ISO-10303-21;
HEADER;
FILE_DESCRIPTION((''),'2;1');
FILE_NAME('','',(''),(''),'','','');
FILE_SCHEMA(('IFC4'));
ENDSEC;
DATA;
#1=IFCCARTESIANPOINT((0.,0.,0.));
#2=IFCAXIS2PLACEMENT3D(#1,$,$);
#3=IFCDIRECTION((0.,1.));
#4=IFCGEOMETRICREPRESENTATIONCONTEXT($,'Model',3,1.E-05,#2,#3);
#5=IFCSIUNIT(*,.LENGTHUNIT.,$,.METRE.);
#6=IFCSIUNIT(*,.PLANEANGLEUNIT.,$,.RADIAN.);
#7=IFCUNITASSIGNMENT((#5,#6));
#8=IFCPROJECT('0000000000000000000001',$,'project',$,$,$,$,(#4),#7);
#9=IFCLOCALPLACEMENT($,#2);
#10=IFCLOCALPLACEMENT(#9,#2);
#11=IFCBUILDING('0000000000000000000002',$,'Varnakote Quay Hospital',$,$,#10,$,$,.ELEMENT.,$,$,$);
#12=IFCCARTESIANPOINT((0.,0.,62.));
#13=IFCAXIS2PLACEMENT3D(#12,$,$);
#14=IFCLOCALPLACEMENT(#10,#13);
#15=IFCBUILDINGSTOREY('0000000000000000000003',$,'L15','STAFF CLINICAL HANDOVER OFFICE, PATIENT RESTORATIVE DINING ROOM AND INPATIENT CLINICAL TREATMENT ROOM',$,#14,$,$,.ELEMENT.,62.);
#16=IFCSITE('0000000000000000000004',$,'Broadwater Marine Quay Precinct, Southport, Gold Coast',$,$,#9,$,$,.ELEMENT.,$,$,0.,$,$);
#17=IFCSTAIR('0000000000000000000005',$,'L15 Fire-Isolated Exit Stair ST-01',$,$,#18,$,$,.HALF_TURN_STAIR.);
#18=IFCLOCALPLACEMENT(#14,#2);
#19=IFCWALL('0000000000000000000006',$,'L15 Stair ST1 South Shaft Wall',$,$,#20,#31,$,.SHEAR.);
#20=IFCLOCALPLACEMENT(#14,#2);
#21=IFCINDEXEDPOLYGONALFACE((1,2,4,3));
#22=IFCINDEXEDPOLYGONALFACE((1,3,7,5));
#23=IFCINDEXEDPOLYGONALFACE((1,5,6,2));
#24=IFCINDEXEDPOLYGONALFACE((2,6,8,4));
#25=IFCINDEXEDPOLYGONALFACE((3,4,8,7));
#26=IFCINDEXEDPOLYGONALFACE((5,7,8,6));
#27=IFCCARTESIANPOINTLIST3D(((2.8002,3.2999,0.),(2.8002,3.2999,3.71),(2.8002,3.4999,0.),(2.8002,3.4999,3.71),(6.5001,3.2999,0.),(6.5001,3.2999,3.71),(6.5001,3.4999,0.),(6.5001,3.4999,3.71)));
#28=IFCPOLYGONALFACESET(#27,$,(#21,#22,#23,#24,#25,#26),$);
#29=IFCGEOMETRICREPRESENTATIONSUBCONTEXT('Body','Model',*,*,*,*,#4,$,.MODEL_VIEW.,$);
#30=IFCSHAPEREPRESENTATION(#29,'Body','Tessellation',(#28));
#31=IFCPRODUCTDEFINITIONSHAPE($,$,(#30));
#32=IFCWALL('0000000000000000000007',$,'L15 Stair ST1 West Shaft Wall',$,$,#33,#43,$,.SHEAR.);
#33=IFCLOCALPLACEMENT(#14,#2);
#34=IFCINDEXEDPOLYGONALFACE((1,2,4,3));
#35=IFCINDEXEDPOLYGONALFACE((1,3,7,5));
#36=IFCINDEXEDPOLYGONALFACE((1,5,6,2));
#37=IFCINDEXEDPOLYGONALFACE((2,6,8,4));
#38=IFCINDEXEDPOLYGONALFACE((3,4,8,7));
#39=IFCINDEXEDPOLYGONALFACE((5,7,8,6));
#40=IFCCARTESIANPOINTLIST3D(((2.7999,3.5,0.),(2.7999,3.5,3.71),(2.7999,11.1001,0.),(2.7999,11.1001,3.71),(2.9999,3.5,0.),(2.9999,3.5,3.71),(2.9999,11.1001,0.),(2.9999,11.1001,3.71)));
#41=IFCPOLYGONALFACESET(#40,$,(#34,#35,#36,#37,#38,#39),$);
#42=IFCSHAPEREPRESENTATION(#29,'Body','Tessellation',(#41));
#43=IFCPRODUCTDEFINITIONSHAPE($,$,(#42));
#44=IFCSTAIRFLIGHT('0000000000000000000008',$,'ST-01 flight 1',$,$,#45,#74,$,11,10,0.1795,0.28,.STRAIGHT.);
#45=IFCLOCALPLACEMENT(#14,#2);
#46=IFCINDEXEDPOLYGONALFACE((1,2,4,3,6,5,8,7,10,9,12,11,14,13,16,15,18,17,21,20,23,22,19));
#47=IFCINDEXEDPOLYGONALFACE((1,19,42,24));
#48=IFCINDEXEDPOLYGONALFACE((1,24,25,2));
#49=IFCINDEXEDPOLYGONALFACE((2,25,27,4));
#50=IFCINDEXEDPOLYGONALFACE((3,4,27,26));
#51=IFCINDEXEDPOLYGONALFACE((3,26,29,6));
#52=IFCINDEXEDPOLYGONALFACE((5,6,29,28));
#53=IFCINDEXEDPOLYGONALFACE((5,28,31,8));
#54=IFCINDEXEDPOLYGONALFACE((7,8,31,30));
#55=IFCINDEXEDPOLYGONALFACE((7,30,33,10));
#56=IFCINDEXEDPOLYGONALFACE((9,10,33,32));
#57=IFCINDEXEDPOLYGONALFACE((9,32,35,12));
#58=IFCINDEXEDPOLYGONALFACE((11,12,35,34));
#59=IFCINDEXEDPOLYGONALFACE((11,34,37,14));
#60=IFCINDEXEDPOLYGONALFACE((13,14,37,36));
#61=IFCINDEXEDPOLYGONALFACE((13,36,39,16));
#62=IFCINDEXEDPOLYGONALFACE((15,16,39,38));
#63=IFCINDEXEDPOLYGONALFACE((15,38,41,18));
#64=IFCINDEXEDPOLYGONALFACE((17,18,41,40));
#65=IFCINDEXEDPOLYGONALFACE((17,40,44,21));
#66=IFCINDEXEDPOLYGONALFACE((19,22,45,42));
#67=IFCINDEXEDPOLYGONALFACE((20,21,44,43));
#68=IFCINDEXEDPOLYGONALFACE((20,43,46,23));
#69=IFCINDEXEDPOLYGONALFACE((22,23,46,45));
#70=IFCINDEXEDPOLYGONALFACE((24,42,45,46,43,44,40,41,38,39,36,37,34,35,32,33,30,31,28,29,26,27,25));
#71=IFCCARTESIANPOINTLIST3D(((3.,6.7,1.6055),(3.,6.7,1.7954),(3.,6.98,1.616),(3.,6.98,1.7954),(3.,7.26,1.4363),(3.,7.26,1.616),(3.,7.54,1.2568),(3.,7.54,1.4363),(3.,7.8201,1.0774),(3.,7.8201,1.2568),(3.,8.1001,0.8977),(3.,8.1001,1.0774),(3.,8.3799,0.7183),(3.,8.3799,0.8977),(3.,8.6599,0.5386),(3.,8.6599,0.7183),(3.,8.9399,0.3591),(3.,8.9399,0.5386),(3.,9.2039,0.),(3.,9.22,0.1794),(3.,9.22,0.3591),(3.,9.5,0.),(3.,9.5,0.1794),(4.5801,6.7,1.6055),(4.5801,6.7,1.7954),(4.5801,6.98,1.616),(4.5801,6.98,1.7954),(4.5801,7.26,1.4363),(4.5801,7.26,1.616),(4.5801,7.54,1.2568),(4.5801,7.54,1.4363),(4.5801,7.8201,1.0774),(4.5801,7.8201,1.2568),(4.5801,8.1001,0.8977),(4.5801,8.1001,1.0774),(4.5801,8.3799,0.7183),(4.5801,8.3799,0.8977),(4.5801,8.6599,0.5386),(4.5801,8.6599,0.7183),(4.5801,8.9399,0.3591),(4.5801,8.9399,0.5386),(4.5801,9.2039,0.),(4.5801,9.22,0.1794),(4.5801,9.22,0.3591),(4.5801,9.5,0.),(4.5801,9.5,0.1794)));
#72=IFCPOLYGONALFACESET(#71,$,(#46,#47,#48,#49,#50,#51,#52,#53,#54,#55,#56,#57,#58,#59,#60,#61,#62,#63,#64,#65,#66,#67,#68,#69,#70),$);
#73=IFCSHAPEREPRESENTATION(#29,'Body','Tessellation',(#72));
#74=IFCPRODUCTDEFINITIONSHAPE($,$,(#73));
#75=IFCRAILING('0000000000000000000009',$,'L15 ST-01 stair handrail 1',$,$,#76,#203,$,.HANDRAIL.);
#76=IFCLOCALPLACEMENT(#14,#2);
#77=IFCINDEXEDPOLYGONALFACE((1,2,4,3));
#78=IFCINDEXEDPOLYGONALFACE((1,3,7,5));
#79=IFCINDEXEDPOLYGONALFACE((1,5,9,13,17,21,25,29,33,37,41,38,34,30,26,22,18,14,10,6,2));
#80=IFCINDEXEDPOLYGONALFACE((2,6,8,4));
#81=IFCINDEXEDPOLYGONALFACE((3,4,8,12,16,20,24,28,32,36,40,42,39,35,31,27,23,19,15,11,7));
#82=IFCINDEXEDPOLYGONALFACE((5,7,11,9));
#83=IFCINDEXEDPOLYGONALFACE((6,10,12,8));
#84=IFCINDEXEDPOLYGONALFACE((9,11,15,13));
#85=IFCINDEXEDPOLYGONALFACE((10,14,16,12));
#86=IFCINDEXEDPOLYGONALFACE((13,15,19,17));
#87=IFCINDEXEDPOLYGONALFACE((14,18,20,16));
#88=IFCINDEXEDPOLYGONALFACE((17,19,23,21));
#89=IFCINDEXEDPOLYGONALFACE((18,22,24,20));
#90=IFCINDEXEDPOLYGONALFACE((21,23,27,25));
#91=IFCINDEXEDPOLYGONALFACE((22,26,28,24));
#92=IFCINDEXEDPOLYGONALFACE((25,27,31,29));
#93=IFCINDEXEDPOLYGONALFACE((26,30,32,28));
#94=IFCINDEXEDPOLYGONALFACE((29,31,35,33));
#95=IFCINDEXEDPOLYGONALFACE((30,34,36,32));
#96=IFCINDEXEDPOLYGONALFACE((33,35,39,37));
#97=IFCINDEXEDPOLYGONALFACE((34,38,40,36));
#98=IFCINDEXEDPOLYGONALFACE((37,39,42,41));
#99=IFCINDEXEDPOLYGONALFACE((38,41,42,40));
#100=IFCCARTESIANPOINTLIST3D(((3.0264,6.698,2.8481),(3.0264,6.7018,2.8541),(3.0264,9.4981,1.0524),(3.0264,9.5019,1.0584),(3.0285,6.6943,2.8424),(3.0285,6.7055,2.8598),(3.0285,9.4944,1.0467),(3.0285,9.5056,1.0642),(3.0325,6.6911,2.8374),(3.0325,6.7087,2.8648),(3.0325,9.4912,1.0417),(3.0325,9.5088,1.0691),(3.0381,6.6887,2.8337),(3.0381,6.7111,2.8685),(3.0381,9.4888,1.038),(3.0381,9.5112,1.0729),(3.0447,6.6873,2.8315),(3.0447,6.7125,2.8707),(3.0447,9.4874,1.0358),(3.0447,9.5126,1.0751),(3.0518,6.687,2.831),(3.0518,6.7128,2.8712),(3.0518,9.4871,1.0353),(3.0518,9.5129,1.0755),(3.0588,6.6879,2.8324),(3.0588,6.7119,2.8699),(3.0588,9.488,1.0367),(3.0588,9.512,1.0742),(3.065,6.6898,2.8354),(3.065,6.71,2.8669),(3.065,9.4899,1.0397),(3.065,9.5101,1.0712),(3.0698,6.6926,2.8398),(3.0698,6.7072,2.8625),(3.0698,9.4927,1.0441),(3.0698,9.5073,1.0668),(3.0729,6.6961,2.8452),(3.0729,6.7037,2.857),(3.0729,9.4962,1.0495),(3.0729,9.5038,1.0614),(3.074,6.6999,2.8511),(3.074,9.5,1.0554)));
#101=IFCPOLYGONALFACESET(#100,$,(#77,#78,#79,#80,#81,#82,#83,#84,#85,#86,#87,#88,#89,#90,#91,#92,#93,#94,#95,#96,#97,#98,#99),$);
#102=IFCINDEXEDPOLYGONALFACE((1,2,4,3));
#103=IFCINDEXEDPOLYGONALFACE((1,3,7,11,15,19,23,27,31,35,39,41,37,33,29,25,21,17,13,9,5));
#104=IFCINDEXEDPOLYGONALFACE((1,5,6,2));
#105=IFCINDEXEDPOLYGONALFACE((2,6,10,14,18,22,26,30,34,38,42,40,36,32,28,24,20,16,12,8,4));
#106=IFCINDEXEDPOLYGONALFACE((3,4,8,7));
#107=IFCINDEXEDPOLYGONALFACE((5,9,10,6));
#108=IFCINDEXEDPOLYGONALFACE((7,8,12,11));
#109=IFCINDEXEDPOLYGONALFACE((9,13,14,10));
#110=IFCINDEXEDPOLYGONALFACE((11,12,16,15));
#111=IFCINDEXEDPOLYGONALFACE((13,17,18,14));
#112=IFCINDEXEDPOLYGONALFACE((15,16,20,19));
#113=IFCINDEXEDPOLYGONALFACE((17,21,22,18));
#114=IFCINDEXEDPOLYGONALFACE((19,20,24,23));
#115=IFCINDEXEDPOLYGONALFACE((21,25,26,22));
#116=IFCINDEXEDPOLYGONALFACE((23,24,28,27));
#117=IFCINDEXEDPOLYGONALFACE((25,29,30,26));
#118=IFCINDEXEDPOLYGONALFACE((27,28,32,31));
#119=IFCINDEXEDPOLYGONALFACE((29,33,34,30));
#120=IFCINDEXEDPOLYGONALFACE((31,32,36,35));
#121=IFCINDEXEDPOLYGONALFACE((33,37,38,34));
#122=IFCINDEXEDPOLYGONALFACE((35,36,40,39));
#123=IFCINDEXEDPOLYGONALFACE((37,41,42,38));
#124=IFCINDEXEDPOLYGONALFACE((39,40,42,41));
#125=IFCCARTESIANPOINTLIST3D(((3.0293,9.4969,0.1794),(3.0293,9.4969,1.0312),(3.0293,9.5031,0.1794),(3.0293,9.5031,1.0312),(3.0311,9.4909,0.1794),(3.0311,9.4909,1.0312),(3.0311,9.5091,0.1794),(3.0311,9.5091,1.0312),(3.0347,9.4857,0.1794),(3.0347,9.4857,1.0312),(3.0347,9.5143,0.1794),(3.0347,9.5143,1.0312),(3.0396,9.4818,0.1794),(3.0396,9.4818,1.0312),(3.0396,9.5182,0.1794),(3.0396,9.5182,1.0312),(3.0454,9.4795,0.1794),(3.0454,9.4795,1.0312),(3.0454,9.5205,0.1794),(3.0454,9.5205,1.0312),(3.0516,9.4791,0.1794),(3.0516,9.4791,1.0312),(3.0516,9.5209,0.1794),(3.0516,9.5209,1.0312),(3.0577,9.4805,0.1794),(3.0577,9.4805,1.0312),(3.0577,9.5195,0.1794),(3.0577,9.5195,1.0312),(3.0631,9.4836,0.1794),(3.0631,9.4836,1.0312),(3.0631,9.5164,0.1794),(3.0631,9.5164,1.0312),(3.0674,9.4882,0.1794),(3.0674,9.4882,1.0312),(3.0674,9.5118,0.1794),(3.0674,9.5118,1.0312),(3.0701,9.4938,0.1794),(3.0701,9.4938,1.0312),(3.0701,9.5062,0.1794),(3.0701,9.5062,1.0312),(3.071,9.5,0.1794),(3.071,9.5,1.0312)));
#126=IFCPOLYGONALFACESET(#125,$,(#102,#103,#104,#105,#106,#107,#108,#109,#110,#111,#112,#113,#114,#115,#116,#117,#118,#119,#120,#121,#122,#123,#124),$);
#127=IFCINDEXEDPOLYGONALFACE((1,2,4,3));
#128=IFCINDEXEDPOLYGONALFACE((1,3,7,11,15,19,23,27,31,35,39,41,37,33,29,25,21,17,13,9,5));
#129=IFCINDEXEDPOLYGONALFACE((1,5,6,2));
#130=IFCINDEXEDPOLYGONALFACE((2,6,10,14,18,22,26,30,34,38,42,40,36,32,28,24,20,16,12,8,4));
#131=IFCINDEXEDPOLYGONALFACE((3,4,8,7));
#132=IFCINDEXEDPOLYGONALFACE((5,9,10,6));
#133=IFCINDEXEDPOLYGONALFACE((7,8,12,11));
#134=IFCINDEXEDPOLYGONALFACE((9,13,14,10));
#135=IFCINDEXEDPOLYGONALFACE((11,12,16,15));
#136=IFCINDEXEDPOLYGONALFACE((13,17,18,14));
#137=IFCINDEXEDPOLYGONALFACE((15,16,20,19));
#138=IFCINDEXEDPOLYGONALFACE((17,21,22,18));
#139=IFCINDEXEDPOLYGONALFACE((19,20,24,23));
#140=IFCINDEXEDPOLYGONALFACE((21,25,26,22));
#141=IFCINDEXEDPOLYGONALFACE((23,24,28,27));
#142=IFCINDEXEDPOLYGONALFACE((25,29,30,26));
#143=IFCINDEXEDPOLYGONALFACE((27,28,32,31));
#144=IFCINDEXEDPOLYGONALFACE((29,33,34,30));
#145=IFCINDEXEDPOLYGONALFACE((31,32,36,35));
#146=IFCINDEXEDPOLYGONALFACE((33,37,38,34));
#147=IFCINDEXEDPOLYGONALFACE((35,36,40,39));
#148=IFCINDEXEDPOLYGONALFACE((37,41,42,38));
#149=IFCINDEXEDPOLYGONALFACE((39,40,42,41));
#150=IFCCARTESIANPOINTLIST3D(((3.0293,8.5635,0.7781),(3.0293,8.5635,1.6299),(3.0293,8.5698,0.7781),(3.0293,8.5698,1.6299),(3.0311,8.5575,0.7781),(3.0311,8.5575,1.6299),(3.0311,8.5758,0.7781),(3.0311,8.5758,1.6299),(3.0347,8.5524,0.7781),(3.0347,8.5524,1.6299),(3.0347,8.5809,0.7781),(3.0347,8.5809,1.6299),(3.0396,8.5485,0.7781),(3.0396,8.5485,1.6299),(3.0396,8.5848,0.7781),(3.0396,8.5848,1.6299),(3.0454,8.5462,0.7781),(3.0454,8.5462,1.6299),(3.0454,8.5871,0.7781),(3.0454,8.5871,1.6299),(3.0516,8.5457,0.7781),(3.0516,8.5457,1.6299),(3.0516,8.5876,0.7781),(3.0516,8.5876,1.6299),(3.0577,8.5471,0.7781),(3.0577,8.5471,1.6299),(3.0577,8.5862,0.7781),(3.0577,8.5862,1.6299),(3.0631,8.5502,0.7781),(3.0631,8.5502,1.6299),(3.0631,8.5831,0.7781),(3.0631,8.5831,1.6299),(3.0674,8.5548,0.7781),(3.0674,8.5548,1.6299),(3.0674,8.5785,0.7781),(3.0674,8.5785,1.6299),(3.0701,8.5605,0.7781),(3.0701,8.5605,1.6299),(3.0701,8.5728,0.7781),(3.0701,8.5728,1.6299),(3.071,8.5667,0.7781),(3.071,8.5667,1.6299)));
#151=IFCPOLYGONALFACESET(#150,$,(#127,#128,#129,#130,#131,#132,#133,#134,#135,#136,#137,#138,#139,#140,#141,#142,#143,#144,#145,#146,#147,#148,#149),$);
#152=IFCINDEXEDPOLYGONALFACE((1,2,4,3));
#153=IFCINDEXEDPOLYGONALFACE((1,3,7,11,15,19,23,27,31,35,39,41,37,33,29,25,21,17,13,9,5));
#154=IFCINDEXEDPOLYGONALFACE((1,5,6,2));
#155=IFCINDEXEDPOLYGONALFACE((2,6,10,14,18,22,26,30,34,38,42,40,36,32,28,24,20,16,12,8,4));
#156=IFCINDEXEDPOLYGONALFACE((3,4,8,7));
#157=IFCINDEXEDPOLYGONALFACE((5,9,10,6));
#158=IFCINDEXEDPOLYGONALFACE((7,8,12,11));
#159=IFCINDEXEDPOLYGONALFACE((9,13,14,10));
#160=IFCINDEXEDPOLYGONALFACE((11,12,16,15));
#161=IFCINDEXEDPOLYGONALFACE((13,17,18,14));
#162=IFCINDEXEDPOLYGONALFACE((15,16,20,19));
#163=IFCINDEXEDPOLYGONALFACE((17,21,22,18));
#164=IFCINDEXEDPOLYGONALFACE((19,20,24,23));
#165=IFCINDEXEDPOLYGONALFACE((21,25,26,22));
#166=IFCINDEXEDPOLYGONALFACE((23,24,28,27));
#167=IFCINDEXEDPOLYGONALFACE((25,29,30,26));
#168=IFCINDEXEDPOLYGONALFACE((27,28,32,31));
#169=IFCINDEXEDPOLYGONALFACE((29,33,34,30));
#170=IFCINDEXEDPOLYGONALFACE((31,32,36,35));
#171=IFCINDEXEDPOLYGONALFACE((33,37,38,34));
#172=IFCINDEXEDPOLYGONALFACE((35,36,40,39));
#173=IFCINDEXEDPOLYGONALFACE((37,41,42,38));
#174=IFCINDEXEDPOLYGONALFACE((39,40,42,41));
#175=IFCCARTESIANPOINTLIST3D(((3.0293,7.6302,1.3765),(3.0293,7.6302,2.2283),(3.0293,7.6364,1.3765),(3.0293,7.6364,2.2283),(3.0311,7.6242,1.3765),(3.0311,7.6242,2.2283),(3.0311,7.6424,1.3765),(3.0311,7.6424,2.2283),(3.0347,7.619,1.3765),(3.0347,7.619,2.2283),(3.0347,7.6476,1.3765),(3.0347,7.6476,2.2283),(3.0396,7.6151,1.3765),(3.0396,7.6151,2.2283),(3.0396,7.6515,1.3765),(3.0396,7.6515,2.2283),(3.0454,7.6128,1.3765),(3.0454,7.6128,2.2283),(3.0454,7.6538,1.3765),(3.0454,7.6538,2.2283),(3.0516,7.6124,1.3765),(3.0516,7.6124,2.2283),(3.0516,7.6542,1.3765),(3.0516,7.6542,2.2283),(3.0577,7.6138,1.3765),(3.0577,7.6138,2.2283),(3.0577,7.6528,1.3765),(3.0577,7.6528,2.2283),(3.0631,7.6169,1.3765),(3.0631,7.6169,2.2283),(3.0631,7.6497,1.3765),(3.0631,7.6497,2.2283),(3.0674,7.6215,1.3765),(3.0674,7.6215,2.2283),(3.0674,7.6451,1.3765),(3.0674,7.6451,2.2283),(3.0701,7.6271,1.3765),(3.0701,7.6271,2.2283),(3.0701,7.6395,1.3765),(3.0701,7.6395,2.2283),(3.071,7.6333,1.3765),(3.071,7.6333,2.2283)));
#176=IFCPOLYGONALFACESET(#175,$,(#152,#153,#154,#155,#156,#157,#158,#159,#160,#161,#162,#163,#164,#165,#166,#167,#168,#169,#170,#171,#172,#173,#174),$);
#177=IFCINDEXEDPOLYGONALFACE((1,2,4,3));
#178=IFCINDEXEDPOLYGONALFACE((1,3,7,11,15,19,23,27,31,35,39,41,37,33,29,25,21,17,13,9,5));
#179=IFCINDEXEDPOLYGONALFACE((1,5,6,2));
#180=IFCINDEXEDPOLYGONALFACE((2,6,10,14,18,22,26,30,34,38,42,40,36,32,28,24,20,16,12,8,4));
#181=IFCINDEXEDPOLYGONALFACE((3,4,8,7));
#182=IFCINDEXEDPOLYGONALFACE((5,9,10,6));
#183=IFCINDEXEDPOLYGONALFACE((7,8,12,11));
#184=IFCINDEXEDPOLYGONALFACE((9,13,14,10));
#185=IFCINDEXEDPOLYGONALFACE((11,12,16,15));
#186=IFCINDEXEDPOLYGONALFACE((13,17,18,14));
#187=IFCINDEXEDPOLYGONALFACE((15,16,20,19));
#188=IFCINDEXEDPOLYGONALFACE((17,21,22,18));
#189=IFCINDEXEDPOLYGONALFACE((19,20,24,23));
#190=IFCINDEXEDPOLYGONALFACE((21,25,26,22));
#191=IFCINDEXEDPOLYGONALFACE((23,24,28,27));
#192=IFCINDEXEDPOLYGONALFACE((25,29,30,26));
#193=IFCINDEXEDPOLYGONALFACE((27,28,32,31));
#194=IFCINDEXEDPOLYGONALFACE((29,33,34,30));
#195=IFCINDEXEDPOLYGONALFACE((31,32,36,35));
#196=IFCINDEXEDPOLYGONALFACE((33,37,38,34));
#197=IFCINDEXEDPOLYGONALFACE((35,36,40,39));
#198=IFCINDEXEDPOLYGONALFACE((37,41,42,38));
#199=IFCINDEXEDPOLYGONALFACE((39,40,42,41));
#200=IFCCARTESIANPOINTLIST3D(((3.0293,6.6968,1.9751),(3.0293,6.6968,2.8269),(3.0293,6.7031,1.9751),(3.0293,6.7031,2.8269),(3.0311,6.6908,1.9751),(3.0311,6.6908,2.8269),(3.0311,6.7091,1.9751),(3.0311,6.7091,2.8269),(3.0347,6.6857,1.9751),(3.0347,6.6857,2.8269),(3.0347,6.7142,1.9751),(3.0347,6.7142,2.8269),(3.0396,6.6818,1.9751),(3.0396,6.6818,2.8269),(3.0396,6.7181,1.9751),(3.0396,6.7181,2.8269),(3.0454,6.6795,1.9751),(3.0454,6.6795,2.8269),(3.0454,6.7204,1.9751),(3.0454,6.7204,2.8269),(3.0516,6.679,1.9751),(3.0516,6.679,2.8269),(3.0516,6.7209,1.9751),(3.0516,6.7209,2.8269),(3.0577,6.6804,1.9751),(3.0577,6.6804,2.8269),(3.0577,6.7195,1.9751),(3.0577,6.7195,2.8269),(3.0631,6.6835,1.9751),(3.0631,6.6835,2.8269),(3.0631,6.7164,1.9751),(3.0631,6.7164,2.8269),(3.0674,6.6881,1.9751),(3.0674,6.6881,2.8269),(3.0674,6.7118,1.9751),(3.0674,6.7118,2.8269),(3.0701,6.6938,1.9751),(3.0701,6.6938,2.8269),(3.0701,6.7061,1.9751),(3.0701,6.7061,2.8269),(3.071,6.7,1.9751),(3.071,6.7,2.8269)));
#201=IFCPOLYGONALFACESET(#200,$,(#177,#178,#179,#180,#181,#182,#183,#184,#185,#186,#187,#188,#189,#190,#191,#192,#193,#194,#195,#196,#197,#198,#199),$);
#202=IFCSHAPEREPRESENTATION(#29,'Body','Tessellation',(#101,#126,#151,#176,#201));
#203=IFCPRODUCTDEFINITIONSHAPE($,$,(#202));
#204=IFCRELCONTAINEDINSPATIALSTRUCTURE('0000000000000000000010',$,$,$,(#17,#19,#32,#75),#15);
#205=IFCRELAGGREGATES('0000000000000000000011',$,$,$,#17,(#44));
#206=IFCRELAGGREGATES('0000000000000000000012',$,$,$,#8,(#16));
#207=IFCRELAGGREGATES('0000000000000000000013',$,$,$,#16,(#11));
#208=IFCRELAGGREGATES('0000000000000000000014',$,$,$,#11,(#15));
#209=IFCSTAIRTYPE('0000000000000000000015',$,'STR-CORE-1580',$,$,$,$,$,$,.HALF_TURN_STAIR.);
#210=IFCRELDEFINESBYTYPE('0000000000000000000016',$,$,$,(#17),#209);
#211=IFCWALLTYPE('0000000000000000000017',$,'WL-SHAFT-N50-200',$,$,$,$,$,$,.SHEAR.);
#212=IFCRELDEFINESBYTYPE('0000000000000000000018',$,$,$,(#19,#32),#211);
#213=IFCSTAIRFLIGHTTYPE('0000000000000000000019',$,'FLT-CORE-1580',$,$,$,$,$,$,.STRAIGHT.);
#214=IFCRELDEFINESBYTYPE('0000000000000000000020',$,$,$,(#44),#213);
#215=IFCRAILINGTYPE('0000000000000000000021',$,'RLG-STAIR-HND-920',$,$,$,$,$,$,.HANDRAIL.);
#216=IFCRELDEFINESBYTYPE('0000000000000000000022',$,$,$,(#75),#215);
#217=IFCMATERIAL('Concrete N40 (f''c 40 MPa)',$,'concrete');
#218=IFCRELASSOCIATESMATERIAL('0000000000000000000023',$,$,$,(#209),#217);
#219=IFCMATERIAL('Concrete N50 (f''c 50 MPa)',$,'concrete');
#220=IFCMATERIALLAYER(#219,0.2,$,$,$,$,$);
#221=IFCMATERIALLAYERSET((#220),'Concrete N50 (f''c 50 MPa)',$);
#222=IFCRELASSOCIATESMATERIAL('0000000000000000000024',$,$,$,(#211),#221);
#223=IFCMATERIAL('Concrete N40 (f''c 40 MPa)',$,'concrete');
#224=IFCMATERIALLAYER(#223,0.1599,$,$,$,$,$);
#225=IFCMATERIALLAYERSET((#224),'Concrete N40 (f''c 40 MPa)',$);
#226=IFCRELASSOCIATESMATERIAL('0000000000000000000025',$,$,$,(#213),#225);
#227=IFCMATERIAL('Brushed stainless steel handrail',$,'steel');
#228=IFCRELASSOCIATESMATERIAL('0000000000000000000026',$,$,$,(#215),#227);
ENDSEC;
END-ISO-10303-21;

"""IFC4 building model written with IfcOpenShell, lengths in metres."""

from ifc_helpers import new_model, si_unit, direction, frame, frame_2d, origin, origin_2d, place, context, subcontext, project, spatial, polyline, rectangle, circle, outline, extrude, material, layer, layer_set, type_object, element, aggregate, save


model = new_model("IFC4")

# Units and contexts
model_context = context("Model", 3, precision=1e-05, world=origin(), true_north=direction((0.0, 1.0)))
body_context = subcontext(model_context, "Body", "Model", "MODEL_VIEW")
ifc_project = project(units=[si_unit("LENGTHUNIT", "METRE"), si_unit("PLANEANGLEUNIT", "RADIAN")], contexts=[model_context])

# Site, building, storey
site_placement = place(None, origin())
site = spatial("IfcSite", under=ifc_project, at=site_placement, Name="Broadwater Marine Quay Precinct, Southport, Gold Coast", CompositionType="ELEMENT", RefElevation=0.0)
building_placement = place(site_placement, origin())
building = spatial("IfcBuilding", under=site, at=building_placement, Name="Varnakote Quay Hospital", CompositionType="ELEMENT")
storey_placement = place(building_placement, frame((0.0, 0.0, 62.0)))
storey = spatial("IfcBuildingStorey", under=building, at=storey_placement, Name="L15", Description="STAFF CLINICAL HANDOVER OFFICE, PATIENT RESTORATIVE DINING ROOM AND INPATIENT CLINICAL TREATMENT ROOM", CompositionType="ELEMENT", Elevation=62.0)

# Stair
ifc_material_1 = material(Name="Concrete N40 (f'c 40 MPa)", Category="concrete")
stair_type = type_object("IfcStairType", Name="STR-CORE-1580", PredefinedType="HALF_TURN_STAIR", material=ifc_material_1)
stair_1_placement = place(storey_placement, origin())
stair_1 = element("IfcStair", 1, at=stair_1_placement, inside=storey, type_object=stair_type, Name="L15 Fire-Isolated Exit Stair ST-01", PredefinedType="HALF_TURN_STAIR")

# Walls
ifc_material_2 = material(Name="Concrete N50 (f'c 50 MPa)", Category="concrete")
ifc_layer_1 = layer(ifc_material_2, 0.2)
ifc_layer_set_1 = layer_set([ifc_layer_1], Name="Concrete N50 (f'c 50 MPa)")
wall_type_1 = type_object("IfcWallType", Name="WL-SHAFT-N50-200", PredefinedType="SHEAR", material=ifc_layer_set_1)
wall_1_placement = place(storey_placement, frame((2.8, 3.3999, 0.0), z_axis=(0.0, 0.0, 1.0), x_axis=(1.0, 0.0, 0.0)))
element("IfcWall", 2, at=wall_1_placement, inside=storey, type_object=wall_type_1, Name="L15 Stair ST1 South Shaft Wall", PredefinedType="SHEAR", context=body_context, shape_type="SweptSolid", body=[
    extrude(rectangle(XDim=3.7, YDim=0.2, at=frame_2d((1.8501, 0.0))), origin(), (0.0, 0.0, 1.0), 3.71),
])
wall_2_placement = place(storey_placement, frame((2.8999, 3.5, 0.0), z_axis=(0.0, 0.0, 1.0), x_axis=(0.0, 1.0, 0.0)))
element("IfcWall", 3, at=wall_2_placement, inside=storey, type_object=wall_type_1, Name="L15 Stair ST1 West Shaft Wall", PredefinedType="SHEAR", context=body_context, shape_type="SweptSolid", body=[
    extrude(rectangle(XDim=7.6001, YDim=0.2, at=frame_2d((3.8, 0.0))), origin(), (0.0, 0.0, 1.0), 3.71),
])

# Stair flight
ifc_material_3 = material(Name="Concrete N40 (f'c 40 MPa)", Category="concrete")
ifc_layer_2 = layer(ifc_material_3, 0.1599)
ifc_layer_set_2 = layer_set([ifc_layer_2], Name="Concrete N40 (f'c 40 MPa)")
stair_flight_type = type_object("IfcStairFlightType", Name="FLT-CORE-1580", PredefinedType="STRAIGHT", material=ifc_layer_set_2)
stair_flight_placement = place(storey_placement, frame((3.79, 9.5, 0.0), z_axis=(0.0, 0.0, 1.0), x_axis=(0.0, -1.0, 0.0)))
stair_flight = element("IfcStairFlight", 4, at=stair_flight_placement, type_object=stair_flight_type, Name="ST-01 flight 1", NumberOfRisers=11, NumberOfTreads=10, PredefinedType="STRAIGHT", RiserHeight=0.1795, TreadLength=0.28, context=body_context, shape_type="SweptSolid", body=[
    extrude(outline(polyline([(0.0, 0.0), (0.0, 0.1794), (0.28, 0.1794), (0.28, 0.3591), (0.5601, 0.3591), (0.5601, 0.5386), (0.8401, 0.5386), (0.8401, 0.7183), (1.1201, 0.7183), (1.1201, 0.8977), (1.3999, 0.8977), (1.3999, 1.0774), (1.6799, 1.0774), (1.6799, 1.2568), (1.96, 1.2568), (1.96, 1.4363), (2.24, 1.4363), (2.24, 1.616), (2.52, 1.616), (2.52, 1.7954), (2.8, 1.7954), (2.8, 1.9751), (2.8, 1.6055), (0.2961, 0.0), (0.0, 0.0)])), frame((0.0, 0.79, 0.0), z_axis=(0.0, -1.0, 0.0), x_axis=(1.0, 0.0, 0.0)), (0.0, 0.0, 1.0), 1.5801),
])
aggregate(stair_1, [stair_flight])

# Railing
ifc_material_4 = material(Name="Brushed stainless steel handrail", Category="steel")
railing_type = type_object("IfcRailingType", Name="RLG-STAIR-HND-920", PredefinedType="HANDRAIL", material=ifc_material_4)
railing_placement = place(storey_placement, frame((3.05, 9.5, 0.1794)))
element("IfcRailing", 5, at=railing_placement, inside=storey, type_object=railing_type, Name="L15 ST-01 stair handrail 1", PredefinedType="HANDRAIL", context=body_context, shape_type="SweptSolid", body=[
    extrude(circle(Radius=0.0239, at=origin_2d()), frame((0.0, 0.0, 0.876), z_axis=(0.0, -0.841777, 0.539826), x_axis=(1.0, 0.0, 0.0)), (0.0, 0.0, 1.0), 3.3264),
    extrude(circle(Radius=0.021, at=origin_2d()), origin(), (0.0, 0.0, 1.0), 0.8518),
    extrude(circle(Radius=0.021, at=origin_2d()), frame((0.0, -0.9333, 0.5986)), (0.0, 0.0, 1.0), 0.8518),
    extrude(circle(Radius=0.021, at=origin_2d()), frame((0.0, -1.8667, 1.197)), (0.0, 0.0, 1.0), 0.8518),
    extrude(circle(Radius=0.021, at=origin_2d()), frame((0.0, -2.8, 1.7957)), (0.0, 0.0, 1.0), 0.8518),
])

save(model, "model.ifc")
